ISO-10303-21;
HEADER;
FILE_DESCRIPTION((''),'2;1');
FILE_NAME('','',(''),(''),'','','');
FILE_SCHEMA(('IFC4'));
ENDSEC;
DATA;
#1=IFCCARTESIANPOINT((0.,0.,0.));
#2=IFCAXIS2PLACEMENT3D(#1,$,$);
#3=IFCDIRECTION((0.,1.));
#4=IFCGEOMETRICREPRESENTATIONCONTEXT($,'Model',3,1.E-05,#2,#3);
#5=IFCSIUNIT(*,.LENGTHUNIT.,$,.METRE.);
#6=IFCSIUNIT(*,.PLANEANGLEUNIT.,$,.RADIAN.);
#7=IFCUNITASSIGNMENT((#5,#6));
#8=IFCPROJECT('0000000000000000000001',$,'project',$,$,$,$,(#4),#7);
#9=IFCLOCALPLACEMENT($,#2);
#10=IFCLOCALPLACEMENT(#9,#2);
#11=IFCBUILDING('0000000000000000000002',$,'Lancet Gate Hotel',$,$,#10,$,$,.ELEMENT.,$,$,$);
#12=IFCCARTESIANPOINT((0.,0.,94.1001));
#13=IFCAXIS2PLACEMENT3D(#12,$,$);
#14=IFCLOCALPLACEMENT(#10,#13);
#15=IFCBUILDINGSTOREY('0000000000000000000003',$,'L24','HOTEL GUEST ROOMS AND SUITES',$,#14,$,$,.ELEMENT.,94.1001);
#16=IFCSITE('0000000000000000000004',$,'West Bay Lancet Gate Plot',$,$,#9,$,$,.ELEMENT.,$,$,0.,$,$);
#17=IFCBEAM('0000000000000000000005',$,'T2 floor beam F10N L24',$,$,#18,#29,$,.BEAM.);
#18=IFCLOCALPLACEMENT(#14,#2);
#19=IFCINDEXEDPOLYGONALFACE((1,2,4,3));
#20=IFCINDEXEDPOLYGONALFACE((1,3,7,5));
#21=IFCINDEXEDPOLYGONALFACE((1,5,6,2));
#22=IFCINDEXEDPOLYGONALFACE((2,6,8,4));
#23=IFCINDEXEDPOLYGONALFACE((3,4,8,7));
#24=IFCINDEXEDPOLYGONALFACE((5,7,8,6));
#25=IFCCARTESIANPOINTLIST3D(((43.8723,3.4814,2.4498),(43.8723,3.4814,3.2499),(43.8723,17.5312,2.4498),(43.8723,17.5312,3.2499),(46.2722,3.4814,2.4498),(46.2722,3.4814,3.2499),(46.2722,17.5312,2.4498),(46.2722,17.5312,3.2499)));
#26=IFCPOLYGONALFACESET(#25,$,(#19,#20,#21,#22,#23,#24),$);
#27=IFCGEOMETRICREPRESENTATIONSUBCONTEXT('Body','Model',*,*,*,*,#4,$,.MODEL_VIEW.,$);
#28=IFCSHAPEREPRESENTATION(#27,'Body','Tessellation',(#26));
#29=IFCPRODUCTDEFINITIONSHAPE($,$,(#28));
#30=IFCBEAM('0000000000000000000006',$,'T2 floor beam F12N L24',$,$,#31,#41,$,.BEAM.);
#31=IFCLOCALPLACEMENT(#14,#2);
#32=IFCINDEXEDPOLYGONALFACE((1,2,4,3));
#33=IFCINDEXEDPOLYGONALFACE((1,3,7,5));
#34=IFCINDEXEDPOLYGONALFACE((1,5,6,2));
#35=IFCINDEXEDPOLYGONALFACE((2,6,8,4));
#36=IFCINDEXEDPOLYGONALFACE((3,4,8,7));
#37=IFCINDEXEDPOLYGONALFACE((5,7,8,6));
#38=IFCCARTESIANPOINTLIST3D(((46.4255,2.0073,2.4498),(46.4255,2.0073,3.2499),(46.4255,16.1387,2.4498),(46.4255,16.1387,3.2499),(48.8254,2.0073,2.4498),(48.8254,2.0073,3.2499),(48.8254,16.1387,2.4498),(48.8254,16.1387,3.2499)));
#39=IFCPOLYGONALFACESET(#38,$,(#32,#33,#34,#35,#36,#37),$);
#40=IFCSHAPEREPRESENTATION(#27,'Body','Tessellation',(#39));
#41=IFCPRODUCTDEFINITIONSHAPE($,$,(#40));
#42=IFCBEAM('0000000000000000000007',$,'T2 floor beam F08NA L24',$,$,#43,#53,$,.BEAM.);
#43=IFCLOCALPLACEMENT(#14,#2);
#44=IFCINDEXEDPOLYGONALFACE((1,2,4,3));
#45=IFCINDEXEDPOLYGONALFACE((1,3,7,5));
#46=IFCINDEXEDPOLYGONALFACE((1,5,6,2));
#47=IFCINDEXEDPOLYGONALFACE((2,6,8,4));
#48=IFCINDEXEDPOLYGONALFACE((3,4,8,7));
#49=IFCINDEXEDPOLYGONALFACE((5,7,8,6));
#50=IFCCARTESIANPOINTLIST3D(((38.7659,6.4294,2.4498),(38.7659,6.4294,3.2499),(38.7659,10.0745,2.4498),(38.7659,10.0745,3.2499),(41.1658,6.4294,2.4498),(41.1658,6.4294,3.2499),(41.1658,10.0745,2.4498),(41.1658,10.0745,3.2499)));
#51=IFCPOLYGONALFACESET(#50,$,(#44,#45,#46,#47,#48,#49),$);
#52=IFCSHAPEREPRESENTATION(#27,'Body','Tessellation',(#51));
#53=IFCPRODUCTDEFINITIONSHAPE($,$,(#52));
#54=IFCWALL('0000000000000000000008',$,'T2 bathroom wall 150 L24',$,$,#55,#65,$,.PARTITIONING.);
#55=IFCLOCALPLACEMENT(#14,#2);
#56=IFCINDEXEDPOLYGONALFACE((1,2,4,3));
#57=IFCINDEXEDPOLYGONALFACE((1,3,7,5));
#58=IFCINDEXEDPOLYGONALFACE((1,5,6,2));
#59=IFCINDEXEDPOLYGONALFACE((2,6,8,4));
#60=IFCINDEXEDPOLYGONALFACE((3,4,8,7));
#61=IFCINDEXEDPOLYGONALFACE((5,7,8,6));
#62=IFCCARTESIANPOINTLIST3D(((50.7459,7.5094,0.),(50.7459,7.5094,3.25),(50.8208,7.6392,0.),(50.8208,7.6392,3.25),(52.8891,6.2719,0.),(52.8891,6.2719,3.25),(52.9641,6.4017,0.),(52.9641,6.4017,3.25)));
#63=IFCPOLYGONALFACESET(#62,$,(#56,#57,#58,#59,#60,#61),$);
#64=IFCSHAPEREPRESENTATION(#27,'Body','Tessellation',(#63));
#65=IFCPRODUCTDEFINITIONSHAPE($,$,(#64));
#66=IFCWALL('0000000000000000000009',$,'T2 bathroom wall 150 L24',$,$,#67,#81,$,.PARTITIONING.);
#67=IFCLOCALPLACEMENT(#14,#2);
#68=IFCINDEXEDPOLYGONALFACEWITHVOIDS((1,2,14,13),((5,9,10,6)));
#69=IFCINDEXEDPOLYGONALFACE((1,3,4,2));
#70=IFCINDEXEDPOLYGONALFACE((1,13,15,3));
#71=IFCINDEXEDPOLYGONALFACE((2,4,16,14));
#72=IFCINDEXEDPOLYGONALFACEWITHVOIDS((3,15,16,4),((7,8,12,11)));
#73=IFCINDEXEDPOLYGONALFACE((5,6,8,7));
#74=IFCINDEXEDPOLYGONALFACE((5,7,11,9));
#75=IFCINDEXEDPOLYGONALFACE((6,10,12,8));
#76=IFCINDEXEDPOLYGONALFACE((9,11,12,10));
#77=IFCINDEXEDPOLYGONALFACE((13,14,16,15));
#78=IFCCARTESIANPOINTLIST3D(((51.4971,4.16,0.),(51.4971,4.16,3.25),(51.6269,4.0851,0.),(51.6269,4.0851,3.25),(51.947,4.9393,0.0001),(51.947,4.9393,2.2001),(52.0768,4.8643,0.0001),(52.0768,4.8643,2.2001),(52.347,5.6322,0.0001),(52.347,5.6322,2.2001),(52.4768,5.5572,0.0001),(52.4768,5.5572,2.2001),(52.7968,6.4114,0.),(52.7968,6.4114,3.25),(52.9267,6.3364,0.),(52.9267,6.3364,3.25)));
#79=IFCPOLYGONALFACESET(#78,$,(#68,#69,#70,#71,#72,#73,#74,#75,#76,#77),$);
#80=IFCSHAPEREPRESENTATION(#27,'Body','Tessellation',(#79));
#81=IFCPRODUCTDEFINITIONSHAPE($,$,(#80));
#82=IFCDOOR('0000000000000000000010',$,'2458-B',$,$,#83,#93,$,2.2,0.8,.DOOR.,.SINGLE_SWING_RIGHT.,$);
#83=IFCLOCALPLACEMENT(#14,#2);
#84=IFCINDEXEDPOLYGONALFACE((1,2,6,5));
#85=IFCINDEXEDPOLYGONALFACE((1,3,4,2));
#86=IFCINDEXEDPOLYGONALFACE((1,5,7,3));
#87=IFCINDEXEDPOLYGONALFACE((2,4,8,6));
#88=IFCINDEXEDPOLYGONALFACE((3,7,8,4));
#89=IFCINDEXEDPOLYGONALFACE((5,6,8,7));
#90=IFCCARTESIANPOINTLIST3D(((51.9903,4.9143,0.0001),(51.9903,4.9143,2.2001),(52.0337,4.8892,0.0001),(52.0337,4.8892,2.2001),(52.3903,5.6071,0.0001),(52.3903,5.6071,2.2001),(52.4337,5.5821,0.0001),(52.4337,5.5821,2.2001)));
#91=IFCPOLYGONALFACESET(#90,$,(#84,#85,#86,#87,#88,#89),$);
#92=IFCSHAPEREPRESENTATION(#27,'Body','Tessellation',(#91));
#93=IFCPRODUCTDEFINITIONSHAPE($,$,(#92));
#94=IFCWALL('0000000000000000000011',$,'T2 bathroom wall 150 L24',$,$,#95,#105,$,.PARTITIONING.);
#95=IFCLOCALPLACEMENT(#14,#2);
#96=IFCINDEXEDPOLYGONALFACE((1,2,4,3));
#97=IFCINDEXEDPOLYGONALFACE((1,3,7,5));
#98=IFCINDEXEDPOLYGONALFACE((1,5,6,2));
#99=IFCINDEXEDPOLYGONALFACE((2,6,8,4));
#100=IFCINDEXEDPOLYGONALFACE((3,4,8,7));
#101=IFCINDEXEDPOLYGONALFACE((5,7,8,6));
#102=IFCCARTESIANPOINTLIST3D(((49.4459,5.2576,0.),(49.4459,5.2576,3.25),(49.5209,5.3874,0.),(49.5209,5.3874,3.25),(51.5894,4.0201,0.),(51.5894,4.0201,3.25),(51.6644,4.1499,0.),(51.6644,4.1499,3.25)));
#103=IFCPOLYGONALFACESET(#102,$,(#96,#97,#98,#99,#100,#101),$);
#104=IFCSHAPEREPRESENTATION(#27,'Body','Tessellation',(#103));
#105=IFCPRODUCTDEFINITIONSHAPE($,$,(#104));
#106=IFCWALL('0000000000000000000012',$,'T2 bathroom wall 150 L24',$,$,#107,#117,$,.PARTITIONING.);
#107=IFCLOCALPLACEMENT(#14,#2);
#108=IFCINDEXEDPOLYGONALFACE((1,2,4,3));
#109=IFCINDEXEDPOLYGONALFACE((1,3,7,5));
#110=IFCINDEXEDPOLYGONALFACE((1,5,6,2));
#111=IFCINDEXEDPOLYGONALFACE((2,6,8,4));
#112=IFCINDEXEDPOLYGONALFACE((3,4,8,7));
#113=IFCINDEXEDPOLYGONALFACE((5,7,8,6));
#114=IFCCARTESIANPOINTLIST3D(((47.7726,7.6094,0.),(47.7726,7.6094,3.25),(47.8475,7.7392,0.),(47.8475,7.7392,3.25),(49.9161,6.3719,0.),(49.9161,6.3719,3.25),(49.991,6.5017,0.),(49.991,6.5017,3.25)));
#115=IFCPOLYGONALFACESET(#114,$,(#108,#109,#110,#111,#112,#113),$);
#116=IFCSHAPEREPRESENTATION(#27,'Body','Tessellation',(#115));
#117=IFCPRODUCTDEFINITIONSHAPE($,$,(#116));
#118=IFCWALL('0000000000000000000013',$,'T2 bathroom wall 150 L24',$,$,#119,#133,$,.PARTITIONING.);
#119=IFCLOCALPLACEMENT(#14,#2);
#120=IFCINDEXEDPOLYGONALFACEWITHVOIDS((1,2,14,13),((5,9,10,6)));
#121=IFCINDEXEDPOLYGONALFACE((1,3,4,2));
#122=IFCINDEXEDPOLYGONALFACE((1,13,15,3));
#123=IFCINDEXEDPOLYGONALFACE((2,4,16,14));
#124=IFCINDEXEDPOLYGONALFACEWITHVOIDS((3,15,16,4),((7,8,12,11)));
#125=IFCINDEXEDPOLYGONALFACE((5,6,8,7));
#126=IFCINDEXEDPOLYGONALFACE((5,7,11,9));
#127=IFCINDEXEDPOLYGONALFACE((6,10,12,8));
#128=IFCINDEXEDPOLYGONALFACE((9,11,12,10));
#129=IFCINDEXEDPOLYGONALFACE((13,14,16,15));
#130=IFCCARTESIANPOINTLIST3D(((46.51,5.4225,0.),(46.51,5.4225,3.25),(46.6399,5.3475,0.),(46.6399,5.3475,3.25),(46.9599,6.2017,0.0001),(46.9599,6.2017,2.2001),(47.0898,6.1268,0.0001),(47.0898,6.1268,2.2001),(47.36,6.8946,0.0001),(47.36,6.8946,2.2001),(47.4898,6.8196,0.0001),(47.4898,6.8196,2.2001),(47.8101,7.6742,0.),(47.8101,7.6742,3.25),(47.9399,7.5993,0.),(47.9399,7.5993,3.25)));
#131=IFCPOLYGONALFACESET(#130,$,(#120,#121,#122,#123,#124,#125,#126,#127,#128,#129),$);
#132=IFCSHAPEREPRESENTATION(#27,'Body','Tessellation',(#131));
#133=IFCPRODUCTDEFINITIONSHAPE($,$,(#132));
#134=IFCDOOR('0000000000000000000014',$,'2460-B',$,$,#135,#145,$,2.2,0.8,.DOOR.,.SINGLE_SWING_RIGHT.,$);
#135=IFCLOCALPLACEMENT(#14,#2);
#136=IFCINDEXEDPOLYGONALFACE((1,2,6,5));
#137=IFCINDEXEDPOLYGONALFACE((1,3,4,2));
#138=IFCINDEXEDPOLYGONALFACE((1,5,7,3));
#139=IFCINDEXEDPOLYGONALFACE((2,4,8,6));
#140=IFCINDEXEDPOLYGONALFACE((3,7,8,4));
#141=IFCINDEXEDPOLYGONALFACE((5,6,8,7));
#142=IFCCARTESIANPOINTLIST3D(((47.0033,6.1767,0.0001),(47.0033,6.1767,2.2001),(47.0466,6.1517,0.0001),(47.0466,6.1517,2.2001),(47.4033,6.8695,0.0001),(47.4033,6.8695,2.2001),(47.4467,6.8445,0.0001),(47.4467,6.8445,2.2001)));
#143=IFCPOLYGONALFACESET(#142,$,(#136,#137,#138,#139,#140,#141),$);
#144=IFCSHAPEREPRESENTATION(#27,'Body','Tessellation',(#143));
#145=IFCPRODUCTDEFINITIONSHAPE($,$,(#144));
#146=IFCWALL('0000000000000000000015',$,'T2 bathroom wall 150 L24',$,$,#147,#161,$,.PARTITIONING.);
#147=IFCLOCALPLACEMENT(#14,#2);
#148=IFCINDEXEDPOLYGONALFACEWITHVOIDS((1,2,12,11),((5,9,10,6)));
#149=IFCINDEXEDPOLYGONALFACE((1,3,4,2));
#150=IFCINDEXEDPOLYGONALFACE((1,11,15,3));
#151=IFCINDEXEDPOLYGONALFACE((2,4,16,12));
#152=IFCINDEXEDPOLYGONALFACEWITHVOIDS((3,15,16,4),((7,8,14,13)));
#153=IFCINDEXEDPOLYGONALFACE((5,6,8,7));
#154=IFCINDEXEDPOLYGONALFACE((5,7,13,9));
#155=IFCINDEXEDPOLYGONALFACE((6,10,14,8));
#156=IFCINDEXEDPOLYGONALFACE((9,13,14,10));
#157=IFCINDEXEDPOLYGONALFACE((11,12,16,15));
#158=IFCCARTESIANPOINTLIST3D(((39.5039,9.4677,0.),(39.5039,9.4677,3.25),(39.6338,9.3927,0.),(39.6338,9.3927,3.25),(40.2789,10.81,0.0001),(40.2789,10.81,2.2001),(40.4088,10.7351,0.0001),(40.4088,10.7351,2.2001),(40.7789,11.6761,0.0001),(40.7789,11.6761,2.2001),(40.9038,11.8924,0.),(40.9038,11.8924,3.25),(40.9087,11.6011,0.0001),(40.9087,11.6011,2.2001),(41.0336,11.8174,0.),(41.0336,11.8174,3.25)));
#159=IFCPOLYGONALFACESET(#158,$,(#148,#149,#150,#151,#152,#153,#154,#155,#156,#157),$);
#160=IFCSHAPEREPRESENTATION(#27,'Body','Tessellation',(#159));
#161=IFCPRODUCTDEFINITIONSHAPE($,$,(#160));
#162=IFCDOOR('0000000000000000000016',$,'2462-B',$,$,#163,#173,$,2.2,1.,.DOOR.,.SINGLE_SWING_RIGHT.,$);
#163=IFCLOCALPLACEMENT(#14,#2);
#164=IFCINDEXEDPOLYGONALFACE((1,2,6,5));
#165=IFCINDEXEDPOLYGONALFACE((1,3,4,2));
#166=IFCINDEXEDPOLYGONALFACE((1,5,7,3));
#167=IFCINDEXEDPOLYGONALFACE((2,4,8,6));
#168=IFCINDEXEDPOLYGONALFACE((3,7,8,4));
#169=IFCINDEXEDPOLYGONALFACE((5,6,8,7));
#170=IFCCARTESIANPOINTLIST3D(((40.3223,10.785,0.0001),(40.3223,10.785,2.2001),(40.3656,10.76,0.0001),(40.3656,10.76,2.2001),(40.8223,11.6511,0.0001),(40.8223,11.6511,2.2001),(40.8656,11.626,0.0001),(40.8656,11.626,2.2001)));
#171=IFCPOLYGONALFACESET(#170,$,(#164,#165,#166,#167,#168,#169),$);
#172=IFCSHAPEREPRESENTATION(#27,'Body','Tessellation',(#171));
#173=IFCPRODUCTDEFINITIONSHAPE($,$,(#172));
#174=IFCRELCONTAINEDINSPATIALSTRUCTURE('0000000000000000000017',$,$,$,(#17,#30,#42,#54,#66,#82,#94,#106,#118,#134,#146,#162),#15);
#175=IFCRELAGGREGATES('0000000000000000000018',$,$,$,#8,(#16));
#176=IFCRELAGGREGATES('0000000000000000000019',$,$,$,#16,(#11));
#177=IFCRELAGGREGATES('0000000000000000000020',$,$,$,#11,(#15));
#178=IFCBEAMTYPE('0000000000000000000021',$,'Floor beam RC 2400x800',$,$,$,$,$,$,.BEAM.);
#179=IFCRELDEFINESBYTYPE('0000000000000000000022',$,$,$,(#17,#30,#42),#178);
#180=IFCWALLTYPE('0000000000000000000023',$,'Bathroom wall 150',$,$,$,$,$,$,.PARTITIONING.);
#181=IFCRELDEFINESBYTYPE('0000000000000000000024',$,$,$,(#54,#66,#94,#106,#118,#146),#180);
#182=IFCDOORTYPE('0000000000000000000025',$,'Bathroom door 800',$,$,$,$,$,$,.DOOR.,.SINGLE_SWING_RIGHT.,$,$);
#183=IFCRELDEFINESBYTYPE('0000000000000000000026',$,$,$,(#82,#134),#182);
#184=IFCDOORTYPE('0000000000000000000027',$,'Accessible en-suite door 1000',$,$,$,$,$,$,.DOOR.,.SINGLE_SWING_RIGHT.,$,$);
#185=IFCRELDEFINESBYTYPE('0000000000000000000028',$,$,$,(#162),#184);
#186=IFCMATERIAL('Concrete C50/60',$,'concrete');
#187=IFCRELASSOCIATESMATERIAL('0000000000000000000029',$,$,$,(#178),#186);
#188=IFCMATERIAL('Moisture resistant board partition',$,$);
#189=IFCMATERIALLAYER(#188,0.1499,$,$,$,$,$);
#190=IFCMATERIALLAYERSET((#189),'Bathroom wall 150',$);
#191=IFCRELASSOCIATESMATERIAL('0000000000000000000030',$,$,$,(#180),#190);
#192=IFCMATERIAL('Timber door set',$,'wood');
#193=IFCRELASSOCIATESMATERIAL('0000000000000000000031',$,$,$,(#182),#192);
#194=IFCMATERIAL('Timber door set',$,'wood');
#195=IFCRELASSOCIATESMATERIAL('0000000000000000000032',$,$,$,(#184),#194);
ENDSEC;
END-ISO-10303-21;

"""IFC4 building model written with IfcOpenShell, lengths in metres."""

from ifc_helpers import new_model, si_unit, direction, frame, frame_2d, origin, origin_2d, place, context, subcontext, project, spatial, rectangle, extrude, material, layer, layer_set, material_profile, profile_set, type_object, element, fill, save


model = new_model("IFC4")

# Units and contexts
model_context = context("Model", 3, precision=1e-05, world=origin(), true_north=direction((0.0, 1.0)))
body_context = subcontext(model_context, "Body", "Model", "MODEL_VIEW")
ifc_project = project(units=[si_unit("LENGTHUNIT", "METRE"), si_unit("PLANEANGLEUNIT", "RADIAN")], contexts=[model_context])

# Site, building, storey
site_placement = place(None, origin())
site = spatial("IfcSite", under=ifc_project, at=site_placement, Name="West Bay Lancet Gate Plot", CompositionType="ELEMENT", RefElevation=0.0)
building_placement = place(site_placement, origin())
building = spatial("IfcBuilding", under=site, at=building_placement, Name="Lancet Gate Hotel", CompositionType="ELEMENT")
storey_placement = place(building_placement, frame((0.0, 0.0, 94.1001)))
storey = spatial("IfcBuildingStorey", under=building, at=storey_placement, Name="L24", Description="HOTEL GUEST ROOMS AND SUITES", CompositionType="ELEMENT", Elevation=94.1001)

# Beams
ifc_material_1 = material(Name="Concrete C50/60", Category="concrete")
ifc_material_profile = material_profile(ifc_material_1, rectangle(XDim=2.3999, YDim=0.8, at=origin_2d()), Name="RC 2400x800")
ifc_profile_set = profile_set([ifc_material_profile], Name="Concrete C50/60")
beam_type = type_object("IfcBeamType", Name="Floor beam RC 2400x800", PredefinedType="BEAM", material=ifc_profile_set)
beam_1_placement = place(storey_placement, frame((45.0723, 3.4814, 2.8499), z_axis=(0.0, 1.0, 0.0), x_axis=(-1.0, 0.0, 0.0)))
element("IfcBeam", 1, at=beam_1_placement, inside=storey, type_object=beam_type, Name="T2 floor beam F10N L24", PredefinedType="BEAM", context=body_context, shape_type="SweptSolid", body=[
    extrude(rectangle(XDim=2.3999, YDim=0.8, at=origin_2d()), origin(), (0.0, 0.0, 1.0), 14.0498),
])
beam_2_placement = place(storey_placement, frame((47.6255, 2.0073, 2.8499), z_axis=(0.0, 1.0, 0.0), x_axis=(-1.0, 0.0, 0.0)))
element("IfcBeam", 2, at=beam_2_placement, inside=storey, type_object=beam_type, Name="T2 floor beam F12N L24", PredefinedType="BEAM", context=body_context, shape_type="SweptSolid", body=[
    extrude(rectangle(XDim=2.3999, YDim=0.8, at=origin_2d()), origin(), (0.0, 0.0, 1.0), 14.1313),
])
beam_3_placement = place(storey_placement, frame((39.9658, 6.4294, 2.8499), z_axis=(0.0, 1.0, 0.0), x_axis=(-1.0, 0.0, 0.0)))
element("IfcBeam", 3, at=beam_3_placement, inside=storey, type_object=beam_type, Name="T2 floor beam F08NA L24", PredefinedType="BEAM", context=body_context, shape_type="SweptSolid", body=[
    extrude(rectangle(XDim=2.3999, YDim=0.8, at=origin_2d()), origin(), (0.0, 0.0, 1.0), 3.645),
])

# Wall
ifc_material_2 = material(Name="Moisture resistant board partition")
ifc_layer_1 = layer(ifc_material_2, 0.1499)
ifc_layer_set_1 = layer_set([ifc_layer_1], Name="Bathroom wall 150")
wall_type_1 = type_object("IfcWallType", Name="Bathroom wall 150", PredefinedType="PARTITIONING", material=ifc_layer_set_1)
wall_1_placement = place(storey_placement, frame((50.7834, 7.5742, 0.0), z_axis=(0.0, 0.0, 1.0), x_axis=(0.866007, -0.500033, 0.0)))
element("IfcWall", 4, at=wall_1_placement, inside=storey, type_object=wall_type_1, Name="T2 bathroom wall 150 L24", PredefinedType="PARTITIONING", context=body_context, shape_type="SweptSolid", body=[
    extrude(rectangle(XDim=2.4749, YDim=0.1499, at=frame_2d((1.2373, 0.0))), origin(), (0.0, 0.0, 1.0), 3.25),
])

# Wall, opening, door
wall_2_placement = place(storey_placement, frame((51.562, 4.1226, 0.0), z_axis=(0.0, 0.0, 1.0), x_axis=(0.499977, 0.866039, 0.0)))
wall_2 = element("IfcWall", 5, at=wall_2_placement, inside=storey, type_object=wall_type_1, Name="T2 bathroom wall 150 L24", PredefinedType="PARTITIONING", context=body_context, shape_type="SweptSolid", body=[
    extrude(rectangle(XDim=2.5996, YDim=0.1499, at=frame_2d((1.2998, 0.0))), origin(), (0.0, 0.0, 1.0), 3.25),
])
opening_1_placement = place(wall_2_placement, frame((0.8999, 0.0, 0.0)))
opening_1 = element("IfcOpeningElement", 6, at=opening_1_placement, cuts=wall_2, PredefinedType="OPENING", context=body_context, shape_type="SweptSolid", body=[
    extrude(rectangle(XDim=0.8, YDim=2.2, at=frame_2d((0.3999, 1.1001))), frame((0.0, 0.085, 0.0), z_axis=(0.0, -1.0, 0.0), x_axis=(1.0, 0.0, 0.0)), (0.0, 0.0, 1.0), 0.1699),
])
ifc_material_3 = material(Name="Timber door set", Category="wood")
door_type_1 = type_object("IfcDoorType", Name="Bathroom door 800", OperationType="SINGLE_SWING_RIGHT", PredefinedType="DOOR", material=ifc_material_3)
door_1_placement = place(opening_1_placement, origin())
door_1 = element("IfcDoor", 7, at=door_1_placement, inside=storey, type_object=door_type_1, Name="2458-B", OperationType="SINGLE_SWING_RIGHT", OverallHeight=2.2, OverallWidth=0.8, PredefinedType="DOOR", context=body_context, shape_type="SweptSolid", body=[
    extrude(rectangle(XDim=0.8, YDim=2.2, at=frame_2d((0.3999, 1.1001))), frame((0.0, 0.0249, 0.0), z_axis=(0.0, -1.0, 0.0), x_axis=(1.0, 0.0, 0.0)), (0.0, 0.0, 1.0), 0.05),
])
fill(opening_1, door_1)

# Walls
for number, where, z_axis, x_axis, name in (
    (8, (49.4834, 5.3225, 0.0), (0.0, 0.0, 1.0), (0.866031, -0.49999, 0.0), "T2 bathroom wall 150 L24"),
    (9, (47.8101, 7.6743, 0.0), (0.0, 0.0, 1.0), (0.866031, -0.49999, 0.0), "T2 bathroom wall 150 L24"),
):
    element("IfcWall", number, at=place(storey_placement, frame(where, z_axis=z_axis, x_axis=x_axis)), inside=storey, type_object=wall_type_1, Name=name, PredefinedType="PARTITIONING", context=body_context, shape_type="SweptSolid", body=[
        extrude(rectangle(XDim=2.4751, YDim=0.1499, at=frame_2d((1.2375, 0.0))), origin(), (0.0, 0.0, 1.0), 3.25),
    ])

# Walls, openings, doors
wall_3_placement = place(storey_placement, frame((46.575, 5.385, 0.0), z_axis=(0.0, 0.0, 1.0), x_axis=(0.500007, 0.866021, 0.0)))
wall_3 = element("IfcWall", 10, at=wall_3_placement, inside=storey, type_object=wall_type_1, Name="T2 bathroom wall 150 L24", PredefinedType="PARTITIONING", context=body_context, shape_type="SweptSolid", body=[
    extrude(rectangle(XDim=2.6001, YDim=0.1499, at=frame_2d((1.3, 0.0))), origin(), (0.0, 0.0, 1.0), 3.25),
])
opening_2_placement = place(wall_3_placement, frame((0.8999, 0.0, 0.0)))
opening_2 = element("IfcOpeningElement", 11, at=opening_2_placement, cuts=wall_3, PredefinedType="OPENING", context=body_context, shape_type="SweptSolid", body=[
    extrude(rectangle(XDim=0.8, YDim=2.2, at=frame_2d((0.3999, 1.1001))), frame((0.0, 0.085, 0.0), z_axis=(0.0, -1.0, 0.0), x_axis=(1.0, 0.0, 0.0)), (0.0, 0.0, 1.0), 0.1699),
])
door_2_placement = place(opening_2_placement, origin())
door_2 = element("IfcDoor", 12, at=door_2_placement, inside=storey, type_object=door_type_1, Name="2460-B", OperationType="SINGLE_SWING_RIGHT", OverallHeight=2.2, OverallWidth=0.8, PredefinedType="DOOR", context=body_context, shape_type="SweptSolid", body=[
    extrude(rectangle(XDim=0.8, YDim=2.2, at=frame_2d((0.3999, 1.1001))), frame((0.0, 0.0249, 0.0), z_axis=(0.0, -1.0, 0.0), x_axis=(1.0, 0.0, 0.0)), (0.0, 0.0, 1.0), 0.05),
])
fill(opening_2, door_2)
wall_4_placement = place(storey_placement, frame((39.5688, 9.4302, 0.0), z_axis=(0.0, 0.0, 1.0), x_axis=(0.499984, 0.866035, 0.0)))
wall_4 = element("IfcWall", 13, at=wall_4_placement, inside=storey, type_object=wall_type_1, Name="T2 bathroom wall 150 L24", PredefinedType="PARTITIONING", context=body_context, shape_type="SweptSolid", body=[
    extrude(rectangle(XDim=2.7998, YDim=0.1499, at=frame_2d((1.3999, 0.0))), origin(), (0.0, 0.0, 1.0), 3.25),
])
opening_3_placement = place(wall_4_placement, frame((1.55, 0.0, 0.0)))
opening_3 = element("IfcOpeningElement", 14, at=opening_3_placement, cuts=wall_4, PredefinedType="OPENING", context=body_context, shape_type="SweptSolid", body=[
    extrude(rectangle(XDim=1.0, YDim=2.2, at=frame_2d((0.5, 1.1001))), frame((0.0, 0.085, 0.0), z_axis=(0.0, -1.0, 0.0), x_axis=(1.0, 0.0, 0.0)), (0.0, 0.0, 1.0), 0.1699),
])
ifc_material_4 = material(Name="Timber door set", Category="wood")
door_type_2 = type_object("IfcDoorType", Name="Accessible en-suite door 1000", OperationType="SINGLE_SWING_RIGHT", PredefinedType="DOOR", material=ifc_material_4)
door_3_placement = place(opening_3_placement, origin())
door_3 = element("IfcDoor", 15, at=door_3_placement, inside=storey, type_object=door_type_2, Name="2462-B", OperationType="SINGLE_SWING_RIGHT", OverallHeight=2.2, OverallWidth=1.0, PredefinedType="DOOR", context=body_context, shape_type="SweptSolid", body=[
    extrude(rectangle(XDim=1.0, YDim=2.2, at=frame_2d((0.5, 1.1001))), frame((0.0, 0.0249, 0.0), z_axis=(0.0, -1.0, 0.0), x_axis=(1.0, 0.0, 0.0)), (0.0, 0.0, 1.0), 0.05),
])
fill(opening_3, door_3)

save(model, "model.ifc")
